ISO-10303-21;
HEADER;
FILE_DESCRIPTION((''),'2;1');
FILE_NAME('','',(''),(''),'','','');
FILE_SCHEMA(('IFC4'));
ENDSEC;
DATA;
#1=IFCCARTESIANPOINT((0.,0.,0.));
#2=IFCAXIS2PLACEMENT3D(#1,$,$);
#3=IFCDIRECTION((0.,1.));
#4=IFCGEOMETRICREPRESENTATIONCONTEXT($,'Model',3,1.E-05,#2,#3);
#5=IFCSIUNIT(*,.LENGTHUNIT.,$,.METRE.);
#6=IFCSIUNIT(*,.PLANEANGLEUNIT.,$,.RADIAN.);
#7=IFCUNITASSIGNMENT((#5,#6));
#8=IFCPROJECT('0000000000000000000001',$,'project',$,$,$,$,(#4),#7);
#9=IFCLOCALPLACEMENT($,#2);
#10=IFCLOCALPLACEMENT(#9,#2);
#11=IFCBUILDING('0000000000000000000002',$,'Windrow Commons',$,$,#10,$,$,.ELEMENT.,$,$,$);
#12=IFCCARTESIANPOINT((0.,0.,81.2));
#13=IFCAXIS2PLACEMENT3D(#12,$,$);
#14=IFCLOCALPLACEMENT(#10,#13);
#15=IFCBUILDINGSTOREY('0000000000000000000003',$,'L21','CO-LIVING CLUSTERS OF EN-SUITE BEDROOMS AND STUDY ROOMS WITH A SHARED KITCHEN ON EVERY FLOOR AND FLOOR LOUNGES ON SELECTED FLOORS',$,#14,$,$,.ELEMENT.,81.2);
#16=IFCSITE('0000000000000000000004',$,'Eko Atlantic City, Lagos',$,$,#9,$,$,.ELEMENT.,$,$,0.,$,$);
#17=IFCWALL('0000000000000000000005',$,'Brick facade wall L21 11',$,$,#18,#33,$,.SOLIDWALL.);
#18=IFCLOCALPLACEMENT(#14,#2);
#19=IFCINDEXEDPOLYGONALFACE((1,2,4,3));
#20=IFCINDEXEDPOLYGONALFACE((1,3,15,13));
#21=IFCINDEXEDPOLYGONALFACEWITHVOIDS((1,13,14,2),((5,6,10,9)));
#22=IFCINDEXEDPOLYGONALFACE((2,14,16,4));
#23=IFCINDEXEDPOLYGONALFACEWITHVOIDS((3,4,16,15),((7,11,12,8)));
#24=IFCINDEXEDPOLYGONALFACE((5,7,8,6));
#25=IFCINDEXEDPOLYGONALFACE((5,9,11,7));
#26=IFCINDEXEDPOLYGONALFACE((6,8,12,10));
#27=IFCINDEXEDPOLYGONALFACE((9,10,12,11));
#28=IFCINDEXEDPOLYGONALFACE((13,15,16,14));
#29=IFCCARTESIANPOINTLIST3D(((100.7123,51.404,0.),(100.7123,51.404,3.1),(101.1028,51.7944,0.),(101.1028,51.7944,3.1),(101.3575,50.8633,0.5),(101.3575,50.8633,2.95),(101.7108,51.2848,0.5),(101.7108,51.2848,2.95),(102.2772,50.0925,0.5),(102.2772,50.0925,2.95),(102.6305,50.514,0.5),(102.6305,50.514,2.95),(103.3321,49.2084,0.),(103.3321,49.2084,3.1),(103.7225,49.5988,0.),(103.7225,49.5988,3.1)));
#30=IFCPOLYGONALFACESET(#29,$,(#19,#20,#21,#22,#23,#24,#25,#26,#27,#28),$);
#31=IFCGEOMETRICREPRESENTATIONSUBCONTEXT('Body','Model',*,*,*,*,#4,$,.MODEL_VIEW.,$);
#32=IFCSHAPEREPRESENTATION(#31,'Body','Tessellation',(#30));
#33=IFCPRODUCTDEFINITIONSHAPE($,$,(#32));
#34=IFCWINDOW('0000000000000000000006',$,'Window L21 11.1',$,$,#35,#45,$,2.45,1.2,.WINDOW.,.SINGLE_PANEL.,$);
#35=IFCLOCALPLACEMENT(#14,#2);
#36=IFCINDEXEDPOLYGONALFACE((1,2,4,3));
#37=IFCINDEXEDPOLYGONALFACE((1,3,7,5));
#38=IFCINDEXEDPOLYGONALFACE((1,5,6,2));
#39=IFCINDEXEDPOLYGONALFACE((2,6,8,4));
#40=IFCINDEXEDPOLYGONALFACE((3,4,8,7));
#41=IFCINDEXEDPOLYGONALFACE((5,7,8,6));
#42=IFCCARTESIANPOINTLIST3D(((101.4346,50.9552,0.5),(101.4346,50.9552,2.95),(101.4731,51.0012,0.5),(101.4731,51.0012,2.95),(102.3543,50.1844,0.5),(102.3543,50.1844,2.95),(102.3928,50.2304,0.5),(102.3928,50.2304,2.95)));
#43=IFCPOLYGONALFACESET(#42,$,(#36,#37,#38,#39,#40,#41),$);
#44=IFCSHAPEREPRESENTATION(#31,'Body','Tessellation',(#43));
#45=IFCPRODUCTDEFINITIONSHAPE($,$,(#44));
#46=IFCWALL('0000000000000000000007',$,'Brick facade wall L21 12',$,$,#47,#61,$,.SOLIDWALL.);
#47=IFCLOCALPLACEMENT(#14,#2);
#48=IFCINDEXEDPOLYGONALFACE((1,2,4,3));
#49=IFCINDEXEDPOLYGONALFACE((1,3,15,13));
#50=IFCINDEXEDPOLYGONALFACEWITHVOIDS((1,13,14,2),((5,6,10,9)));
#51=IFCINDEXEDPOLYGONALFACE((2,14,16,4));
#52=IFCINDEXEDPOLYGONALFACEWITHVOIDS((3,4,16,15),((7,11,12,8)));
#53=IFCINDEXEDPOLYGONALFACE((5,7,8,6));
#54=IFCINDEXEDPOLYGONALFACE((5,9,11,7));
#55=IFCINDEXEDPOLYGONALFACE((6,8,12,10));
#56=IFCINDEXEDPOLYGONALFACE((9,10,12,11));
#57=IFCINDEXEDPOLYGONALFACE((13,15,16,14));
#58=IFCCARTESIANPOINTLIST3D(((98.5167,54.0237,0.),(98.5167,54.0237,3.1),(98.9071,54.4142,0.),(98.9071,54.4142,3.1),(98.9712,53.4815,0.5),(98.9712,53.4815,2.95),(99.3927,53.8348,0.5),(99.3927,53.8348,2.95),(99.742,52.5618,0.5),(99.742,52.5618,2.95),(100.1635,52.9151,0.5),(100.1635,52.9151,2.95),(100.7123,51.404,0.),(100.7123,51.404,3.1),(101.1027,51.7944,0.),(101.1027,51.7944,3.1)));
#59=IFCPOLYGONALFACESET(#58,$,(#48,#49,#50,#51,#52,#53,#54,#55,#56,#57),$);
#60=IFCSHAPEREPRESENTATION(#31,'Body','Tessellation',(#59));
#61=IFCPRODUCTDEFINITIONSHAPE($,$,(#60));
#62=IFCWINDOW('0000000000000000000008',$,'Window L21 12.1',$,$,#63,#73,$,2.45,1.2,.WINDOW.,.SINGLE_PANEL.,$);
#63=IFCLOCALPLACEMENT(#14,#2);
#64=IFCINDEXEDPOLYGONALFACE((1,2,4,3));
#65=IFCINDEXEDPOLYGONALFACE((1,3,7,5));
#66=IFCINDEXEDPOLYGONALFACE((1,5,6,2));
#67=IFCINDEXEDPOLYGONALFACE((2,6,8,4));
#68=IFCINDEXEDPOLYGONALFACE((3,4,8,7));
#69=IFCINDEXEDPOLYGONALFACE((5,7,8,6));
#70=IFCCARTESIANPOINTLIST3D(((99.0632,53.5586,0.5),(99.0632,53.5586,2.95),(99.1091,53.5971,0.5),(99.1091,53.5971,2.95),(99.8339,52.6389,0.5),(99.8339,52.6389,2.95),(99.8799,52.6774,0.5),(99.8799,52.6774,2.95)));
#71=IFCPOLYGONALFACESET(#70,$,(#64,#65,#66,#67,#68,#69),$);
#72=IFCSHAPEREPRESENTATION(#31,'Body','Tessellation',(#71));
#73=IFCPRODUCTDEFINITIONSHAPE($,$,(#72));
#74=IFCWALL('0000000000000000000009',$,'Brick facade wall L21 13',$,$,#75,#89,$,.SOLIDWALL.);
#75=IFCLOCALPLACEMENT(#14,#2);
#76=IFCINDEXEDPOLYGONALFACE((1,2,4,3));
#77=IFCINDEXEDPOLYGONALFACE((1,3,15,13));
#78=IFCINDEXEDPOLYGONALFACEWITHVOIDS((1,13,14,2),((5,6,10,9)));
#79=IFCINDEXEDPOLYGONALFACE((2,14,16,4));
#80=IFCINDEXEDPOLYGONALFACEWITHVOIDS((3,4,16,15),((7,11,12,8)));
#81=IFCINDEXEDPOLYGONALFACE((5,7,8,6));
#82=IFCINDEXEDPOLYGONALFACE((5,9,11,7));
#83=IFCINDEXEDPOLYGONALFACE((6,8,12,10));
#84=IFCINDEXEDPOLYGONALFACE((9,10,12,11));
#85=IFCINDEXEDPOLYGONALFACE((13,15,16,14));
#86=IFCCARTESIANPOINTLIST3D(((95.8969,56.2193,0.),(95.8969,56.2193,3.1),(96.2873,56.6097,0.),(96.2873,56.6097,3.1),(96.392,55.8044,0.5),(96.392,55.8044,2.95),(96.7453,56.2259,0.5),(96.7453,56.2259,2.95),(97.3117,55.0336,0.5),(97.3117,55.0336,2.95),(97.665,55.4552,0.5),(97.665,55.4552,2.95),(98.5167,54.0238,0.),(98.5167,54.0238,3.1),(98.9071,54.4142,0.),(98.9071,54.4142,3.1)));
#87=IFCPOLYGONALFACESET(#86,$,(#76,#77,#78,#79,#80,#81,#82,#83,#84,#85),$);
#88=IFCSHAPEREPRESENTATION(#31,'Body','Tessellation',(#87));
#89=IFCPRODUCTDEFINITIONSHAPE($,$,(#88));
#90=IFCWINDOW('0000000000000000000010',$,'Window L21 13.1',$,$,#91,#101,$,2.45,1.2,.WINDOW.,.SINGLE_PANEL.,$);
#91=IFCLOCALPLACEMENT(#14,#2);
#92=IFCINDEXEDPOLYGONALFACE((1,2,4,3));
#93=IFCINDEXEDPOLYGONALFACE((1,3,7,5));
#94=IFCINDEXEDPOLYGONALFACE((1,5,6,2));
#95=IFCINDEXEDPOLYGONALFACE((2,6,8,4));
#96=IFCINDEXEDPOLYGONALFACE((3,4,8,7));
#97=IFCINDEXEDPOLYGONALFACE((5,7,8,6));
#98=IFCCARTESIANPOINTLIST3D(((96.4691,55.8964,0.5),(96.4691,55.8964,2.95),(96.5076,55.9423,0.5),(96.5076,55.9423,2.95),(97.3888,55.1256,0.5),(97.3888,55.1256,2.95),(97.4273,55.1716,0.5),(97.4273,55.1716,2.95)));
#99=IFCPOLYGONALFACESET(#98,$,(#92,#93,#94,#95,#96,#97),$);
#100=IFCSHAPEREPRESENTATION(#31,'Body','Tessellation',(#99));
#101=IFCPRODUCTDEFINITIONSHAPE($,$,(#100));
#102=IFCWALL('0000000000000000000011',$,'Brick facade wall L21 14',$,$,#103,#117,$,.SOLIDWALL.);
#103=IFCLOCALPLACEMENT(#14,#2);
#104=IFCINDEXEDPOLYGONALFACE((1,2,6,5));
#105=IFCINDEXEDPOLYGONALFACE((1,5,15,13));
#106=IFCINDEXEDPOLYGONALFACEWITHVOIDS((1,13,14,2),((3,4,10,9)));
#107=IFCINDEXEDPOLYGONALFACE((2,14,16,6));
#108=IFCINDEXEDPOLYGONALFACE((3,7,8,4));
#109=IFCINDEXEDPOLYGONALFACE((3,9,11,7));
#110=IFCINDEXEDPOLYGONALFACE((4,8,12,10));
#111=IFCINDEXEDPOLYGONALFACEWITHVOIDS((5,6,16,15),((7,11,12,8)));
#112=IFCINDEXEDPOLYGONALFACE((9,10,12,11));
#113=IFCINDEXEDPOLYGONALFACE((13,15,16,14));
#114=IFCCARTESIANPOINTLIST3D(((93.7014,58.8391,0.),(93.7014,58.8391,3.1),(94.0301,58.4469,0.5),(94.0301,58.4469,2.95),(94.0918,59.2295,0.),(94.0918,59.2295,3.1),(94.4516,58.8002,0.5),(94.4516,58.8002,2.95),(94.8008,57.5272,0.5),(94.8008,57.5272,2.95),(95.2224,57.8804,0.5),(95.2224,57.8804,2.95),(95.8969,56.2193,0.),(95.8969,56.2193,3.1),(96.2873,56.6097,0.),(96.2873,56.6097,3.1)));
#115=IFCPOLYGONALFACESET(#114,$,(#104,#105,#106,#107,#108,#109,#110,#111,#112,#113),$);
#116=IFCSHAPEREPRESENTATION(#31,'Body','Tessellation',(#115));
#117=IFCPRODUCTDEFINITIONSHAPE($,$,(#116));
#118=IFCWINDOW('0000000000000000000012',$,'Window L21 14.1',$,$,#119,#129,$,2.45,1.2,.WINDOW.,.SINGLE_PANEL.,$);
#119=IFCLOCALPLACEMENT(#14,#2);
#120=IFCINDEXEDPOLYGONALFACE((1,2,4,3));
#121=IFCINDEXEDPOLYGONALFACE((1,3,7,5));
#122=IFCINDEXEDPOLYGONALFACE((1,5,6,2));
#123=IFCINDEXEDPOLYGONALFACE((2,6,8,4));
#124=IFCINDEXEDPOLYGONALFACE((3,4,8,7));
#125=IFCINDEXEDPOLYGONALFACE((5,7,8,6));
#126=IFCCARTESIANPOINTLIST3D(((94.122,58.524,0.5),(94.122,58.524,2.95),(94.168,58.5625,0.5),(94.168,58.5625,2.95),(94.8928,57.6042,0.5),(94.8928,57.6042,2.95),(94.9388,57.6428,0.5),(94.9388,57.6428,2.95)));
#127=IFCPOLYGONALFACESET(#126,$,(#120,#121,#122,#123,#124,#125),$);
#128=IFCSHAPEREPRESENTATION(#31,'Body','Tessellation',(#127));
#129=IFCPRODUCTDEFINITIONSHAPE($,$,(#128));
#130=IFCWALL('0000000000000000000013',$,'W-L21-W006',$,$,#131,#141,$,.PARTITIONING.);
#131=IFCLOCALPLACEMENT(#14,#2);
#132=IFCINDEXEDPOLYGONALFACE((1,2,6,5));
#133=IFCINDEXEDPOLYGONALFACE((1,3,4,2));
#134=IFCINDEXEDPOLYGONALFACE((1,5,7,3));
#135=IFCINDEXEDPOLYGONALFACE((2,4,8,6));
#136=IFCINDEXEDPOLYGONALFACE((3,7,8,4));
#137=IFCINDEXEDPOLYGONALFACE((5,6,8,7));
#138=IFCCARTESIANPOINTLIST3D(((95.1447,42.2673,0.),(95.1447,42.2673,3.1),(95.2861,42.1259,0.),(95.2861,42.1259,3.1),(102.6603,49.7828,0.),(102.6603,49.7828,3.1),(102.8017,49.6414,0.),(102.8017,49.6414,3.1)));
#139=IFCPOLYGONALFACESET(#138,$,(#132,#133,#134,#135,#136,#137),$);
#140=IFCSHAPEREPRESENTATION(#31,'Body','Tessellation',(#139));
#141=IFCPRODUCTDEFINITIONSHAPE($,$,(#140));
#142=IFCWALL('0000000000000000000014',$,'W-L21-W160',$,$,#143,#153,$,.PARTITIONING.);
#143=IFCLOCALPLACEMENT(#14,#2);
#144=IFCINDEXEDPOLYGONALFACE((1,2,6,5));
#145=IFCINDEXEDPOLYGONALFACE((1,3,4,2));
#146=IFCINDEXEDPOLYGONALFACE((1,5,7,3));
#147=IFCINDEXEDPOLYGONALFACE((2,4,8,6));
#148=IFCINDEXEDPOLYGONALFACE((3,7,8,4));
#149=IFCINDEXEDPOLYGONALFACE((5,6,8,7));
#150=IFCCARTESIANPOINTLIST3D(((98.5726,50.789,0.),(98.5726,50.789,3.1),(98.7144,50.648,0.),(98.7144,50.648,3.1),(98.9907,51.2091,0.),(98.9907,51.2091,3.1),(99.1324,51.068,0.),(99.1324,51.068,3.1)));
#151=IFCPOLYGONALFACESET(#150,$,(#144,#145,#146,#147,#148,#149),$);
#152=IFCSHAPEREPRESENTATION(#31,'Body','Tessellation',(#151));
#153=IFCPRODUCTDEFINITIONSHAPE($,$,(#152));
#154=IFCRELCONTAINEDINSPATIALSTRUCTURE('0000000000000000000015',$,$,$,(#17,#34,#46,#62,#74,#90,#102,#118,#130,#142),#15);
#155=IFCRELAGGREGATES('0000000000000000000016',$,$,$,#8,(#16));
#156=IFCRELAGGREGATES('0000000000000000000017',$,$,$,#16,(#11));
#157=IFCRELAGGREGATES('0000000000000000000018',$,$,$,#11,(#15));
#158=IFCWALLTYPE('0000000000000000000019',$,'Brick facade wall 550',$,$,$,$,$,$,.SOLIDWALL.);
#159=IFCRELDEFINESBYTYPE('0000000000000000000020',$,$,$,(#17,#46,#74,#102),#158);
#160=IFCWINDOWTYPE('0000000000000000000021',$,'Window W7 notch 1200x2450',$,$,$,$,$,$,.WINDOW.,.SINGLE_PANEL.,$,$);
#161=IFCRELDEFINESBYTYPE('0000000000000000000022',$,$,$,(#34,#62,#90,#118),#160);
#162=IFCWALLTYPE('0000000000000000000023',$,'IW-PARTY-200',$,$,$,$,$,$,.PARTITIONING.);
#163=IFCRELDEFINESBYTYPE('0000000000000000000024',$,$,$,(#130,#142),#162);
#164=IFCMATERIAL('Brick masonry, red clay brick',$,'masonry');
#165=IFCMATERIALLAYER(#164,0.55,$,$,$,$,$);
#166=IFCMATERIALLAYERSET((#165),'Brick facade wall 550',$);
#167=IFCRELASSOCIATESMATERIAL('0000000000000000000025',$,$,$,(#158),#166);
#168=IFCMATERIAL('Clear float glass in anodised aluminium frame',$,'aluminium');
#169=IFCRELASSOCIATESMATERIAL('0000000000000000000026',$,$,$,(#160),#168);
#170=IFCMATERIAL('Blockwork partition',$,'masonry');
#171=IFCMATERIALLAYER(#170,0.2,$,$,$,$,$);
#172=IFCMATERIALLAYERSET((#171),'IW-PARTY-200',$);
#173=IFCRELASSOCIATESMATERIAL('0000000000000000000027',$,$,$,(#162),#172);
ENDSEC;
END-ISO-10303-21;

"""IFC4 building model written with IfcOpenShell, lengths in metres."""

from ifc_helpers import new_model, si_unit, direction, frame, frame_2d, origin, place, context, subcontext, project, spatial, polyline, rectangle, outline, extrude, material, layer, layer_set, type_object, element, fill, save


model = new_model("IFC4")

# Units and contexts
model_context = context("Model", 3, precision=1e-05, world=origin(), true_north=direction((0.0, 1.0)))
body_context = subcontext(model_context, "Body", "Model", "MODEL_VIEW")
ifc_project = project(units=[si_unit("LENGTHUNIT", "METRE"), si_unit("PLANEANGLEUNIT", "RADIAN")], contexts=[model_context])

# Site, building, storey
site_placement = place(None, origin())
site = spatial("IfcSite", under=ifc_project, at=site_placement, Name="Eko Atlantic City, Lagos", CompositionType="ELEMENT", RefElevation=0.0)
building_placement = place(site_placement, origin())
building = spatial("IfcBuilding", under=site, at=building_placement, Name="Windrow Commons", CompositionType="ELEMENT")
storey_placement = place(building_placement, frame((0.0, 0.0, 81.2)))
storey = spatial("IfcBuildingStorey", under=building, at=storey_placement, Name="L21", Description="CO-LIVING CLUSTERS OF EN-SUITE BEDROOMS AND STUDY ROOMS WITH A SHARED KITCHEN ON EVERY FLOOR AND FLOOR LOUNGES ON SELECTED FLOORS", CompositionType="ELEMENT", Elevation=81.2)

# Walls, openings, windows
ifc_material_1 = material(Name="Brick masonry, red clay brick", Category="masonry")
ifc_layer_1 = layer(ifc_material_1, 0.55)
ifc_layer_set_1 = layer_set([ifc_layer_1], Name="Brick facade wall 550")
wall_type_1 = type_object("IfcWallType", Name="Brick facade wall 550", PredefinedType="SOLIDWALL", material=ifc_layer_set_1)
ifc_material_2 = material(Name="Clear float glass in anodised aluminium frame", Category="aluminium")
window_type = type_object("IfcWindowType", Name="Window W7 notch 1200x2450", PartitioningType="SINGLE_PANEL", PredefinedType="WINDOW", material=ifc_material_2)
wall_1_placement = place(storey_placement, frame((103.5273, 49.4036, 0.0), z_axis=(0.0, 0.0, 1.0), x_axis=(-0.766429, 0.642329, 0.0)))
wall_1 = element("IfcWall", 1, at=wall_1_placement, inside=storey, type_object=wall_type_1, Name="Brick facade wall L21 11", PredefinedType="SOLIDWALL", context=body_context, shape_type="SweptSolid", body=[
    extrude(outline(polyline([(-0.0242, -0.275), (3.3939, -0.275), (3.4424, 0.275), (0.0242, 0.275), (-0.0242, -0.275)])), origin(), (0.0, 0.0, 1.0), 3.1),
])
opening_1_placement = place(wall_1_placement, frame((1.4006, 0.0, 0.5)))
opening_1 = element("IfcOpeningElement", 2, at=opening_1_placement, cuts=wall_1, PredefinedType="OPENING", context=body_context, shape_type="SweptSolid", body=[
    extrude(rectangle(XDim=1.2, YDim=2.45, at=frame_2d((0.6, 1.225))), frame((0.0, 0.285, 0.0), z_axis=(0.0, -1.0, 0.0), x_axis=(1.0, 0.0, 0.0)), (0.0, 0.0, 1.0), 0.57),
])
window_1_placement = place(opening_1_placement, origin())
window_1 = element("IfcWindow", 3, at=window_1_placement, inside=storey, type_object=window_type, Name="Window L21 11.1", OverallHeight=2.45, OverallWidth=1.2, PartitioningType="SINGLE_PANEL", PredefinedType="WINDOW", context=body_context, shape_type="SweptSolid", body=[
    extrude(rectangle(XDim=1.2, YDim=2.45, at=frame_2d((0.6, 1.225))), frame((0.0, 0.155, 0.0), z_axis=(0.0, -1.0, 0.0), x_axis=(1.0, 0.0, 0.0)), (0.0, 0.0, 1.0), 0.06),
])
fill(opening_1, window_1)
wall_2_placement = place(storey_placement, frame((100.9075, 51.5992, 0.0), z_axis=(0.0, 0.0, 1.0), x_axis=(-0.642329, 0.766429, 0.0)))
wall_2 = element("IfcWall", 4, at=wall_2_placement, inside=storey, type_object=wall_type_1, Name="Brick facade wall L21 12", PredefinedType="SOLIDWALL", context=body_context, shape_type="SweptSolid", body=[
    extrude(outline(polyline([(0.0242, -0.275), (3.4424, -0.275), (3.3939, 0.275), (-0.0242, 0.275), (0.0242, -0.275)])), origin(), (0.0, 0.0, 1.0), 3.1),
])
opening_2_placement = place(wall_2_placement, frame((1.4864, 0.0, 0.5)))
opening_2 = element("IfcOpeningElement", 5, at=opening_2_placement, cuts=wall_2, PredefinedType="OPENING", context=body_context, shape_type="SweptSolid", body=[
    extrude(rectangle(XDim=1.2, YDim=2.45, at=frame_2d((0.6, 1.225))), frame((0.0, 0.285, 0.0), z_axis=(0.0, -1.0, 0.0), x_axis=(1.0, 0.0, 0.0)), (0.0, 0.0, 1.0), 0.57),
])
window_2_placement = place(opening_2_placement, origin())
window_2 = element("IfcWindow", 6, at=window_2_placement, inside=storey, type_object=window_type, Name="Window L21 12.1", OverallHeight=2.45, OverallWidth=1.2, PartitioningType="SINGLE_PANEL", PredefinedType="WINDOW", context=body_context, shape_type="SweptSolid", body=[
    extrude(rectangle(XDim=1.2, YDim=2.45, at=frame_2d((0.6, 1.225))), frame((0.0, 0.155, 0.0), z_axis=(0.0, -1.0, 0.0), x_axis=(1.0, 0.0, 0.0)), (0.0, 0.0, 1.0), 0.06),
])
fill(opening_2, window_2)
wall_3_placement = place(storey_placement, frame((98.7119, 54.219, 0.0), z_axis=(0.0, 0.0, 1.0), x_axis=(-0.766444, 0.642311, 0.0)))
wall_3 = element("IfcWall", 7, at=wall_3_placement, inside=storey, type_object=wall_type_1, Name="Brick facade wall L21 13", PredefinedType="SOLIDWALL", context=body_context, shape_type="SweptSolid", body=[
    extrude(outline(polyline([(-0.0242, -0.275), (3.3939, -0.275), (3.4424, 0.275), (0.0242, 0.275), (-0.0242, -0.275)])), origin(), (0.0, 0.0, 1.0), 3.1),
])
opening_3_placement = place(wall_3_placement, frame((1.5964, 0.0, 0.5)))
opening_3 = element("IfcOpeningElement", 8, at=opening_3_placement, cuts=wall_3, PredefinedType="OPENING", context=body_context, shape_type="SweptSolid", body=[
    extrude(rectangle(XDim=1.2, YDim=2.45, at=frame_2d((0.6, 1.225))), frame((0.0, 0.285, 0.0), z_axis=(0.0, -1.0, 0.0), x_axis=(1.0, 0.0, 0.0)), (0.0, 0.0, 1.0), 0.57),
])
window_3_placement = place(opening_3_placement, origin())
window_3 = element("IfcWindow", 9, at=window_3_placement, inside=storey, type_object=window_type, Name="Window L21 13.1", OverallHeight=2.45, OverallWidth=1.2, PartitioningType="SINGLE_PANEL", PredefinedType="WINDOW", context=body_context, shape_type="SweptSolid", body=[
    extrude(rectangle(XDim=1.2, YDim=2.45, at=frame_2d((0.6, 1.225))), frame((0.0, 0.155, 0.0), z_axis=(0.0, -1.0, 0.0), x_axis=(1.0, 0.0, 0.0)), (0.0, 0.0, 1.0), 0.06),
])
fill(opening_3, window_3)
wall_4_placement = place(storey_placement, frame((96.0921, 56.4145, 0.0), z_axis=(0.0, 0.0, 1.0), x_axis=(-0.642314, 0.766441, 0.0)))
wall_4 = element("IfcWall", 10, at=wall_4_placement, inside=storey, type_object=wall_type_1, Name="Brick facade wall L21 14", PredefinedType="SOLIDWALL", context=body_context, shape_type="SweptSolid", body=[
    extrude(outline(polyline([(0.0242, -0.275), (3.4424, -0.275), (3.3939, 0.275), (-0.0242, 0.275), (0.0242, -0.275)])), origin(), (0.0, 0.0, 1.0), 3.1),
])
opening_4_placement = place(wall_4_placement, frame((1.6822, 0.0, 0.5)))
opening_4 = element("IfcOpeningElement", 11, at=opening_4_placement, cuts=wall_4, PredefinedType="OPENING", context=body_context, shape_type="SweptSolid", body=[
    extrude(rectangle(XDim=1.2, YDim=2.45, at=frame_2d((0.6, 1.225))), frame((0.0, 0.285, 0.0), z_axis=(0.0, -1.0, 0.0), x_axis=(1.0, 0.0, 0.0)), (0.0, 0.0, 1.0), 0.57),
])
window_4_placement = place(opening_4_placement, origin())
window_4 = element("IfcWindow", 12, at=window_4_placement, inside=storey, type_object=window_type, Name="Window L21 14.1", OverallHeight=2.45, OverallWidth=1.2, PartitioningType="SINGLE_PANEL", PredefinedType="WINDOW", context=body_context, shape_type="SweptSolid", body=[
    extrude(rectangle(XDim=1.2, YDim=2.45, at=frame_2d((0.6, 1.225))), frame((0.0, 0.155, 0.0), z_axis=(0.0, -1.0, 0.0), x_axis=(1.0, 0.0, 0.0)), (0.0, 0.0, 1.0), 0.06),
])
fill(opening_4, window_4)

# Walls
ifc_material_3 = material(Name="Blockwork partition", Category="masonry")
ifc_layer_2 = layer(ifc_material_3, 0.2)
ifc_layer_set_2 = layer_set([ifc_layer_2], Name="IW-PARTY-200")
wall_type_2 = type_object("IfcWallType", Name="IW-PARTY-200", PredefinedType="PARTITIONING", material=ifc_layer_set_2)
wall_5_placement = place(storey_placement, frame((95.2154, 42.1966, 0.0), z_axis=(0.0, 0.0, 1.0), x_axis=(0.707111, 0.707102, 0.0)))
element("IfcWall", 13, at=wall_5_placement, inside=storey, type_object=wall_type_2, Name="W-L21-W006", PredefinedType="PARTITIONING", context=body_context, shape_type="SweptSolid", body=[
    extrude(rectangle(XDim=10.6286, YDim=0.2, at=frame_2d((5.3143, 0.0))), origin(), (0.0, 0.0, 1.0), 3.1),
])
wall_6_placement = place(storey_placement, frame((98.6435, 50.7185, 0.0), z_axis=(0.0, 0.0, 1.0), x_axis=(0.705417, 0.708792, 0.0)))
element("IfcWall", 14, at=wall_6_placement, inside=storey, type_object=wall_type_2, Name="W-L21-W160", PredefinedType="PARTITIONING", context=body_context, shape_type="SweptSolid", body=[
    extrude(rectangle(XDim=0.5926, YDim=0.2, at=frame_2d((0.2963, 0.0))), origin(), (0.0, 0.0, 1.0), 3.1),
])

save(model, "model.ifc")
